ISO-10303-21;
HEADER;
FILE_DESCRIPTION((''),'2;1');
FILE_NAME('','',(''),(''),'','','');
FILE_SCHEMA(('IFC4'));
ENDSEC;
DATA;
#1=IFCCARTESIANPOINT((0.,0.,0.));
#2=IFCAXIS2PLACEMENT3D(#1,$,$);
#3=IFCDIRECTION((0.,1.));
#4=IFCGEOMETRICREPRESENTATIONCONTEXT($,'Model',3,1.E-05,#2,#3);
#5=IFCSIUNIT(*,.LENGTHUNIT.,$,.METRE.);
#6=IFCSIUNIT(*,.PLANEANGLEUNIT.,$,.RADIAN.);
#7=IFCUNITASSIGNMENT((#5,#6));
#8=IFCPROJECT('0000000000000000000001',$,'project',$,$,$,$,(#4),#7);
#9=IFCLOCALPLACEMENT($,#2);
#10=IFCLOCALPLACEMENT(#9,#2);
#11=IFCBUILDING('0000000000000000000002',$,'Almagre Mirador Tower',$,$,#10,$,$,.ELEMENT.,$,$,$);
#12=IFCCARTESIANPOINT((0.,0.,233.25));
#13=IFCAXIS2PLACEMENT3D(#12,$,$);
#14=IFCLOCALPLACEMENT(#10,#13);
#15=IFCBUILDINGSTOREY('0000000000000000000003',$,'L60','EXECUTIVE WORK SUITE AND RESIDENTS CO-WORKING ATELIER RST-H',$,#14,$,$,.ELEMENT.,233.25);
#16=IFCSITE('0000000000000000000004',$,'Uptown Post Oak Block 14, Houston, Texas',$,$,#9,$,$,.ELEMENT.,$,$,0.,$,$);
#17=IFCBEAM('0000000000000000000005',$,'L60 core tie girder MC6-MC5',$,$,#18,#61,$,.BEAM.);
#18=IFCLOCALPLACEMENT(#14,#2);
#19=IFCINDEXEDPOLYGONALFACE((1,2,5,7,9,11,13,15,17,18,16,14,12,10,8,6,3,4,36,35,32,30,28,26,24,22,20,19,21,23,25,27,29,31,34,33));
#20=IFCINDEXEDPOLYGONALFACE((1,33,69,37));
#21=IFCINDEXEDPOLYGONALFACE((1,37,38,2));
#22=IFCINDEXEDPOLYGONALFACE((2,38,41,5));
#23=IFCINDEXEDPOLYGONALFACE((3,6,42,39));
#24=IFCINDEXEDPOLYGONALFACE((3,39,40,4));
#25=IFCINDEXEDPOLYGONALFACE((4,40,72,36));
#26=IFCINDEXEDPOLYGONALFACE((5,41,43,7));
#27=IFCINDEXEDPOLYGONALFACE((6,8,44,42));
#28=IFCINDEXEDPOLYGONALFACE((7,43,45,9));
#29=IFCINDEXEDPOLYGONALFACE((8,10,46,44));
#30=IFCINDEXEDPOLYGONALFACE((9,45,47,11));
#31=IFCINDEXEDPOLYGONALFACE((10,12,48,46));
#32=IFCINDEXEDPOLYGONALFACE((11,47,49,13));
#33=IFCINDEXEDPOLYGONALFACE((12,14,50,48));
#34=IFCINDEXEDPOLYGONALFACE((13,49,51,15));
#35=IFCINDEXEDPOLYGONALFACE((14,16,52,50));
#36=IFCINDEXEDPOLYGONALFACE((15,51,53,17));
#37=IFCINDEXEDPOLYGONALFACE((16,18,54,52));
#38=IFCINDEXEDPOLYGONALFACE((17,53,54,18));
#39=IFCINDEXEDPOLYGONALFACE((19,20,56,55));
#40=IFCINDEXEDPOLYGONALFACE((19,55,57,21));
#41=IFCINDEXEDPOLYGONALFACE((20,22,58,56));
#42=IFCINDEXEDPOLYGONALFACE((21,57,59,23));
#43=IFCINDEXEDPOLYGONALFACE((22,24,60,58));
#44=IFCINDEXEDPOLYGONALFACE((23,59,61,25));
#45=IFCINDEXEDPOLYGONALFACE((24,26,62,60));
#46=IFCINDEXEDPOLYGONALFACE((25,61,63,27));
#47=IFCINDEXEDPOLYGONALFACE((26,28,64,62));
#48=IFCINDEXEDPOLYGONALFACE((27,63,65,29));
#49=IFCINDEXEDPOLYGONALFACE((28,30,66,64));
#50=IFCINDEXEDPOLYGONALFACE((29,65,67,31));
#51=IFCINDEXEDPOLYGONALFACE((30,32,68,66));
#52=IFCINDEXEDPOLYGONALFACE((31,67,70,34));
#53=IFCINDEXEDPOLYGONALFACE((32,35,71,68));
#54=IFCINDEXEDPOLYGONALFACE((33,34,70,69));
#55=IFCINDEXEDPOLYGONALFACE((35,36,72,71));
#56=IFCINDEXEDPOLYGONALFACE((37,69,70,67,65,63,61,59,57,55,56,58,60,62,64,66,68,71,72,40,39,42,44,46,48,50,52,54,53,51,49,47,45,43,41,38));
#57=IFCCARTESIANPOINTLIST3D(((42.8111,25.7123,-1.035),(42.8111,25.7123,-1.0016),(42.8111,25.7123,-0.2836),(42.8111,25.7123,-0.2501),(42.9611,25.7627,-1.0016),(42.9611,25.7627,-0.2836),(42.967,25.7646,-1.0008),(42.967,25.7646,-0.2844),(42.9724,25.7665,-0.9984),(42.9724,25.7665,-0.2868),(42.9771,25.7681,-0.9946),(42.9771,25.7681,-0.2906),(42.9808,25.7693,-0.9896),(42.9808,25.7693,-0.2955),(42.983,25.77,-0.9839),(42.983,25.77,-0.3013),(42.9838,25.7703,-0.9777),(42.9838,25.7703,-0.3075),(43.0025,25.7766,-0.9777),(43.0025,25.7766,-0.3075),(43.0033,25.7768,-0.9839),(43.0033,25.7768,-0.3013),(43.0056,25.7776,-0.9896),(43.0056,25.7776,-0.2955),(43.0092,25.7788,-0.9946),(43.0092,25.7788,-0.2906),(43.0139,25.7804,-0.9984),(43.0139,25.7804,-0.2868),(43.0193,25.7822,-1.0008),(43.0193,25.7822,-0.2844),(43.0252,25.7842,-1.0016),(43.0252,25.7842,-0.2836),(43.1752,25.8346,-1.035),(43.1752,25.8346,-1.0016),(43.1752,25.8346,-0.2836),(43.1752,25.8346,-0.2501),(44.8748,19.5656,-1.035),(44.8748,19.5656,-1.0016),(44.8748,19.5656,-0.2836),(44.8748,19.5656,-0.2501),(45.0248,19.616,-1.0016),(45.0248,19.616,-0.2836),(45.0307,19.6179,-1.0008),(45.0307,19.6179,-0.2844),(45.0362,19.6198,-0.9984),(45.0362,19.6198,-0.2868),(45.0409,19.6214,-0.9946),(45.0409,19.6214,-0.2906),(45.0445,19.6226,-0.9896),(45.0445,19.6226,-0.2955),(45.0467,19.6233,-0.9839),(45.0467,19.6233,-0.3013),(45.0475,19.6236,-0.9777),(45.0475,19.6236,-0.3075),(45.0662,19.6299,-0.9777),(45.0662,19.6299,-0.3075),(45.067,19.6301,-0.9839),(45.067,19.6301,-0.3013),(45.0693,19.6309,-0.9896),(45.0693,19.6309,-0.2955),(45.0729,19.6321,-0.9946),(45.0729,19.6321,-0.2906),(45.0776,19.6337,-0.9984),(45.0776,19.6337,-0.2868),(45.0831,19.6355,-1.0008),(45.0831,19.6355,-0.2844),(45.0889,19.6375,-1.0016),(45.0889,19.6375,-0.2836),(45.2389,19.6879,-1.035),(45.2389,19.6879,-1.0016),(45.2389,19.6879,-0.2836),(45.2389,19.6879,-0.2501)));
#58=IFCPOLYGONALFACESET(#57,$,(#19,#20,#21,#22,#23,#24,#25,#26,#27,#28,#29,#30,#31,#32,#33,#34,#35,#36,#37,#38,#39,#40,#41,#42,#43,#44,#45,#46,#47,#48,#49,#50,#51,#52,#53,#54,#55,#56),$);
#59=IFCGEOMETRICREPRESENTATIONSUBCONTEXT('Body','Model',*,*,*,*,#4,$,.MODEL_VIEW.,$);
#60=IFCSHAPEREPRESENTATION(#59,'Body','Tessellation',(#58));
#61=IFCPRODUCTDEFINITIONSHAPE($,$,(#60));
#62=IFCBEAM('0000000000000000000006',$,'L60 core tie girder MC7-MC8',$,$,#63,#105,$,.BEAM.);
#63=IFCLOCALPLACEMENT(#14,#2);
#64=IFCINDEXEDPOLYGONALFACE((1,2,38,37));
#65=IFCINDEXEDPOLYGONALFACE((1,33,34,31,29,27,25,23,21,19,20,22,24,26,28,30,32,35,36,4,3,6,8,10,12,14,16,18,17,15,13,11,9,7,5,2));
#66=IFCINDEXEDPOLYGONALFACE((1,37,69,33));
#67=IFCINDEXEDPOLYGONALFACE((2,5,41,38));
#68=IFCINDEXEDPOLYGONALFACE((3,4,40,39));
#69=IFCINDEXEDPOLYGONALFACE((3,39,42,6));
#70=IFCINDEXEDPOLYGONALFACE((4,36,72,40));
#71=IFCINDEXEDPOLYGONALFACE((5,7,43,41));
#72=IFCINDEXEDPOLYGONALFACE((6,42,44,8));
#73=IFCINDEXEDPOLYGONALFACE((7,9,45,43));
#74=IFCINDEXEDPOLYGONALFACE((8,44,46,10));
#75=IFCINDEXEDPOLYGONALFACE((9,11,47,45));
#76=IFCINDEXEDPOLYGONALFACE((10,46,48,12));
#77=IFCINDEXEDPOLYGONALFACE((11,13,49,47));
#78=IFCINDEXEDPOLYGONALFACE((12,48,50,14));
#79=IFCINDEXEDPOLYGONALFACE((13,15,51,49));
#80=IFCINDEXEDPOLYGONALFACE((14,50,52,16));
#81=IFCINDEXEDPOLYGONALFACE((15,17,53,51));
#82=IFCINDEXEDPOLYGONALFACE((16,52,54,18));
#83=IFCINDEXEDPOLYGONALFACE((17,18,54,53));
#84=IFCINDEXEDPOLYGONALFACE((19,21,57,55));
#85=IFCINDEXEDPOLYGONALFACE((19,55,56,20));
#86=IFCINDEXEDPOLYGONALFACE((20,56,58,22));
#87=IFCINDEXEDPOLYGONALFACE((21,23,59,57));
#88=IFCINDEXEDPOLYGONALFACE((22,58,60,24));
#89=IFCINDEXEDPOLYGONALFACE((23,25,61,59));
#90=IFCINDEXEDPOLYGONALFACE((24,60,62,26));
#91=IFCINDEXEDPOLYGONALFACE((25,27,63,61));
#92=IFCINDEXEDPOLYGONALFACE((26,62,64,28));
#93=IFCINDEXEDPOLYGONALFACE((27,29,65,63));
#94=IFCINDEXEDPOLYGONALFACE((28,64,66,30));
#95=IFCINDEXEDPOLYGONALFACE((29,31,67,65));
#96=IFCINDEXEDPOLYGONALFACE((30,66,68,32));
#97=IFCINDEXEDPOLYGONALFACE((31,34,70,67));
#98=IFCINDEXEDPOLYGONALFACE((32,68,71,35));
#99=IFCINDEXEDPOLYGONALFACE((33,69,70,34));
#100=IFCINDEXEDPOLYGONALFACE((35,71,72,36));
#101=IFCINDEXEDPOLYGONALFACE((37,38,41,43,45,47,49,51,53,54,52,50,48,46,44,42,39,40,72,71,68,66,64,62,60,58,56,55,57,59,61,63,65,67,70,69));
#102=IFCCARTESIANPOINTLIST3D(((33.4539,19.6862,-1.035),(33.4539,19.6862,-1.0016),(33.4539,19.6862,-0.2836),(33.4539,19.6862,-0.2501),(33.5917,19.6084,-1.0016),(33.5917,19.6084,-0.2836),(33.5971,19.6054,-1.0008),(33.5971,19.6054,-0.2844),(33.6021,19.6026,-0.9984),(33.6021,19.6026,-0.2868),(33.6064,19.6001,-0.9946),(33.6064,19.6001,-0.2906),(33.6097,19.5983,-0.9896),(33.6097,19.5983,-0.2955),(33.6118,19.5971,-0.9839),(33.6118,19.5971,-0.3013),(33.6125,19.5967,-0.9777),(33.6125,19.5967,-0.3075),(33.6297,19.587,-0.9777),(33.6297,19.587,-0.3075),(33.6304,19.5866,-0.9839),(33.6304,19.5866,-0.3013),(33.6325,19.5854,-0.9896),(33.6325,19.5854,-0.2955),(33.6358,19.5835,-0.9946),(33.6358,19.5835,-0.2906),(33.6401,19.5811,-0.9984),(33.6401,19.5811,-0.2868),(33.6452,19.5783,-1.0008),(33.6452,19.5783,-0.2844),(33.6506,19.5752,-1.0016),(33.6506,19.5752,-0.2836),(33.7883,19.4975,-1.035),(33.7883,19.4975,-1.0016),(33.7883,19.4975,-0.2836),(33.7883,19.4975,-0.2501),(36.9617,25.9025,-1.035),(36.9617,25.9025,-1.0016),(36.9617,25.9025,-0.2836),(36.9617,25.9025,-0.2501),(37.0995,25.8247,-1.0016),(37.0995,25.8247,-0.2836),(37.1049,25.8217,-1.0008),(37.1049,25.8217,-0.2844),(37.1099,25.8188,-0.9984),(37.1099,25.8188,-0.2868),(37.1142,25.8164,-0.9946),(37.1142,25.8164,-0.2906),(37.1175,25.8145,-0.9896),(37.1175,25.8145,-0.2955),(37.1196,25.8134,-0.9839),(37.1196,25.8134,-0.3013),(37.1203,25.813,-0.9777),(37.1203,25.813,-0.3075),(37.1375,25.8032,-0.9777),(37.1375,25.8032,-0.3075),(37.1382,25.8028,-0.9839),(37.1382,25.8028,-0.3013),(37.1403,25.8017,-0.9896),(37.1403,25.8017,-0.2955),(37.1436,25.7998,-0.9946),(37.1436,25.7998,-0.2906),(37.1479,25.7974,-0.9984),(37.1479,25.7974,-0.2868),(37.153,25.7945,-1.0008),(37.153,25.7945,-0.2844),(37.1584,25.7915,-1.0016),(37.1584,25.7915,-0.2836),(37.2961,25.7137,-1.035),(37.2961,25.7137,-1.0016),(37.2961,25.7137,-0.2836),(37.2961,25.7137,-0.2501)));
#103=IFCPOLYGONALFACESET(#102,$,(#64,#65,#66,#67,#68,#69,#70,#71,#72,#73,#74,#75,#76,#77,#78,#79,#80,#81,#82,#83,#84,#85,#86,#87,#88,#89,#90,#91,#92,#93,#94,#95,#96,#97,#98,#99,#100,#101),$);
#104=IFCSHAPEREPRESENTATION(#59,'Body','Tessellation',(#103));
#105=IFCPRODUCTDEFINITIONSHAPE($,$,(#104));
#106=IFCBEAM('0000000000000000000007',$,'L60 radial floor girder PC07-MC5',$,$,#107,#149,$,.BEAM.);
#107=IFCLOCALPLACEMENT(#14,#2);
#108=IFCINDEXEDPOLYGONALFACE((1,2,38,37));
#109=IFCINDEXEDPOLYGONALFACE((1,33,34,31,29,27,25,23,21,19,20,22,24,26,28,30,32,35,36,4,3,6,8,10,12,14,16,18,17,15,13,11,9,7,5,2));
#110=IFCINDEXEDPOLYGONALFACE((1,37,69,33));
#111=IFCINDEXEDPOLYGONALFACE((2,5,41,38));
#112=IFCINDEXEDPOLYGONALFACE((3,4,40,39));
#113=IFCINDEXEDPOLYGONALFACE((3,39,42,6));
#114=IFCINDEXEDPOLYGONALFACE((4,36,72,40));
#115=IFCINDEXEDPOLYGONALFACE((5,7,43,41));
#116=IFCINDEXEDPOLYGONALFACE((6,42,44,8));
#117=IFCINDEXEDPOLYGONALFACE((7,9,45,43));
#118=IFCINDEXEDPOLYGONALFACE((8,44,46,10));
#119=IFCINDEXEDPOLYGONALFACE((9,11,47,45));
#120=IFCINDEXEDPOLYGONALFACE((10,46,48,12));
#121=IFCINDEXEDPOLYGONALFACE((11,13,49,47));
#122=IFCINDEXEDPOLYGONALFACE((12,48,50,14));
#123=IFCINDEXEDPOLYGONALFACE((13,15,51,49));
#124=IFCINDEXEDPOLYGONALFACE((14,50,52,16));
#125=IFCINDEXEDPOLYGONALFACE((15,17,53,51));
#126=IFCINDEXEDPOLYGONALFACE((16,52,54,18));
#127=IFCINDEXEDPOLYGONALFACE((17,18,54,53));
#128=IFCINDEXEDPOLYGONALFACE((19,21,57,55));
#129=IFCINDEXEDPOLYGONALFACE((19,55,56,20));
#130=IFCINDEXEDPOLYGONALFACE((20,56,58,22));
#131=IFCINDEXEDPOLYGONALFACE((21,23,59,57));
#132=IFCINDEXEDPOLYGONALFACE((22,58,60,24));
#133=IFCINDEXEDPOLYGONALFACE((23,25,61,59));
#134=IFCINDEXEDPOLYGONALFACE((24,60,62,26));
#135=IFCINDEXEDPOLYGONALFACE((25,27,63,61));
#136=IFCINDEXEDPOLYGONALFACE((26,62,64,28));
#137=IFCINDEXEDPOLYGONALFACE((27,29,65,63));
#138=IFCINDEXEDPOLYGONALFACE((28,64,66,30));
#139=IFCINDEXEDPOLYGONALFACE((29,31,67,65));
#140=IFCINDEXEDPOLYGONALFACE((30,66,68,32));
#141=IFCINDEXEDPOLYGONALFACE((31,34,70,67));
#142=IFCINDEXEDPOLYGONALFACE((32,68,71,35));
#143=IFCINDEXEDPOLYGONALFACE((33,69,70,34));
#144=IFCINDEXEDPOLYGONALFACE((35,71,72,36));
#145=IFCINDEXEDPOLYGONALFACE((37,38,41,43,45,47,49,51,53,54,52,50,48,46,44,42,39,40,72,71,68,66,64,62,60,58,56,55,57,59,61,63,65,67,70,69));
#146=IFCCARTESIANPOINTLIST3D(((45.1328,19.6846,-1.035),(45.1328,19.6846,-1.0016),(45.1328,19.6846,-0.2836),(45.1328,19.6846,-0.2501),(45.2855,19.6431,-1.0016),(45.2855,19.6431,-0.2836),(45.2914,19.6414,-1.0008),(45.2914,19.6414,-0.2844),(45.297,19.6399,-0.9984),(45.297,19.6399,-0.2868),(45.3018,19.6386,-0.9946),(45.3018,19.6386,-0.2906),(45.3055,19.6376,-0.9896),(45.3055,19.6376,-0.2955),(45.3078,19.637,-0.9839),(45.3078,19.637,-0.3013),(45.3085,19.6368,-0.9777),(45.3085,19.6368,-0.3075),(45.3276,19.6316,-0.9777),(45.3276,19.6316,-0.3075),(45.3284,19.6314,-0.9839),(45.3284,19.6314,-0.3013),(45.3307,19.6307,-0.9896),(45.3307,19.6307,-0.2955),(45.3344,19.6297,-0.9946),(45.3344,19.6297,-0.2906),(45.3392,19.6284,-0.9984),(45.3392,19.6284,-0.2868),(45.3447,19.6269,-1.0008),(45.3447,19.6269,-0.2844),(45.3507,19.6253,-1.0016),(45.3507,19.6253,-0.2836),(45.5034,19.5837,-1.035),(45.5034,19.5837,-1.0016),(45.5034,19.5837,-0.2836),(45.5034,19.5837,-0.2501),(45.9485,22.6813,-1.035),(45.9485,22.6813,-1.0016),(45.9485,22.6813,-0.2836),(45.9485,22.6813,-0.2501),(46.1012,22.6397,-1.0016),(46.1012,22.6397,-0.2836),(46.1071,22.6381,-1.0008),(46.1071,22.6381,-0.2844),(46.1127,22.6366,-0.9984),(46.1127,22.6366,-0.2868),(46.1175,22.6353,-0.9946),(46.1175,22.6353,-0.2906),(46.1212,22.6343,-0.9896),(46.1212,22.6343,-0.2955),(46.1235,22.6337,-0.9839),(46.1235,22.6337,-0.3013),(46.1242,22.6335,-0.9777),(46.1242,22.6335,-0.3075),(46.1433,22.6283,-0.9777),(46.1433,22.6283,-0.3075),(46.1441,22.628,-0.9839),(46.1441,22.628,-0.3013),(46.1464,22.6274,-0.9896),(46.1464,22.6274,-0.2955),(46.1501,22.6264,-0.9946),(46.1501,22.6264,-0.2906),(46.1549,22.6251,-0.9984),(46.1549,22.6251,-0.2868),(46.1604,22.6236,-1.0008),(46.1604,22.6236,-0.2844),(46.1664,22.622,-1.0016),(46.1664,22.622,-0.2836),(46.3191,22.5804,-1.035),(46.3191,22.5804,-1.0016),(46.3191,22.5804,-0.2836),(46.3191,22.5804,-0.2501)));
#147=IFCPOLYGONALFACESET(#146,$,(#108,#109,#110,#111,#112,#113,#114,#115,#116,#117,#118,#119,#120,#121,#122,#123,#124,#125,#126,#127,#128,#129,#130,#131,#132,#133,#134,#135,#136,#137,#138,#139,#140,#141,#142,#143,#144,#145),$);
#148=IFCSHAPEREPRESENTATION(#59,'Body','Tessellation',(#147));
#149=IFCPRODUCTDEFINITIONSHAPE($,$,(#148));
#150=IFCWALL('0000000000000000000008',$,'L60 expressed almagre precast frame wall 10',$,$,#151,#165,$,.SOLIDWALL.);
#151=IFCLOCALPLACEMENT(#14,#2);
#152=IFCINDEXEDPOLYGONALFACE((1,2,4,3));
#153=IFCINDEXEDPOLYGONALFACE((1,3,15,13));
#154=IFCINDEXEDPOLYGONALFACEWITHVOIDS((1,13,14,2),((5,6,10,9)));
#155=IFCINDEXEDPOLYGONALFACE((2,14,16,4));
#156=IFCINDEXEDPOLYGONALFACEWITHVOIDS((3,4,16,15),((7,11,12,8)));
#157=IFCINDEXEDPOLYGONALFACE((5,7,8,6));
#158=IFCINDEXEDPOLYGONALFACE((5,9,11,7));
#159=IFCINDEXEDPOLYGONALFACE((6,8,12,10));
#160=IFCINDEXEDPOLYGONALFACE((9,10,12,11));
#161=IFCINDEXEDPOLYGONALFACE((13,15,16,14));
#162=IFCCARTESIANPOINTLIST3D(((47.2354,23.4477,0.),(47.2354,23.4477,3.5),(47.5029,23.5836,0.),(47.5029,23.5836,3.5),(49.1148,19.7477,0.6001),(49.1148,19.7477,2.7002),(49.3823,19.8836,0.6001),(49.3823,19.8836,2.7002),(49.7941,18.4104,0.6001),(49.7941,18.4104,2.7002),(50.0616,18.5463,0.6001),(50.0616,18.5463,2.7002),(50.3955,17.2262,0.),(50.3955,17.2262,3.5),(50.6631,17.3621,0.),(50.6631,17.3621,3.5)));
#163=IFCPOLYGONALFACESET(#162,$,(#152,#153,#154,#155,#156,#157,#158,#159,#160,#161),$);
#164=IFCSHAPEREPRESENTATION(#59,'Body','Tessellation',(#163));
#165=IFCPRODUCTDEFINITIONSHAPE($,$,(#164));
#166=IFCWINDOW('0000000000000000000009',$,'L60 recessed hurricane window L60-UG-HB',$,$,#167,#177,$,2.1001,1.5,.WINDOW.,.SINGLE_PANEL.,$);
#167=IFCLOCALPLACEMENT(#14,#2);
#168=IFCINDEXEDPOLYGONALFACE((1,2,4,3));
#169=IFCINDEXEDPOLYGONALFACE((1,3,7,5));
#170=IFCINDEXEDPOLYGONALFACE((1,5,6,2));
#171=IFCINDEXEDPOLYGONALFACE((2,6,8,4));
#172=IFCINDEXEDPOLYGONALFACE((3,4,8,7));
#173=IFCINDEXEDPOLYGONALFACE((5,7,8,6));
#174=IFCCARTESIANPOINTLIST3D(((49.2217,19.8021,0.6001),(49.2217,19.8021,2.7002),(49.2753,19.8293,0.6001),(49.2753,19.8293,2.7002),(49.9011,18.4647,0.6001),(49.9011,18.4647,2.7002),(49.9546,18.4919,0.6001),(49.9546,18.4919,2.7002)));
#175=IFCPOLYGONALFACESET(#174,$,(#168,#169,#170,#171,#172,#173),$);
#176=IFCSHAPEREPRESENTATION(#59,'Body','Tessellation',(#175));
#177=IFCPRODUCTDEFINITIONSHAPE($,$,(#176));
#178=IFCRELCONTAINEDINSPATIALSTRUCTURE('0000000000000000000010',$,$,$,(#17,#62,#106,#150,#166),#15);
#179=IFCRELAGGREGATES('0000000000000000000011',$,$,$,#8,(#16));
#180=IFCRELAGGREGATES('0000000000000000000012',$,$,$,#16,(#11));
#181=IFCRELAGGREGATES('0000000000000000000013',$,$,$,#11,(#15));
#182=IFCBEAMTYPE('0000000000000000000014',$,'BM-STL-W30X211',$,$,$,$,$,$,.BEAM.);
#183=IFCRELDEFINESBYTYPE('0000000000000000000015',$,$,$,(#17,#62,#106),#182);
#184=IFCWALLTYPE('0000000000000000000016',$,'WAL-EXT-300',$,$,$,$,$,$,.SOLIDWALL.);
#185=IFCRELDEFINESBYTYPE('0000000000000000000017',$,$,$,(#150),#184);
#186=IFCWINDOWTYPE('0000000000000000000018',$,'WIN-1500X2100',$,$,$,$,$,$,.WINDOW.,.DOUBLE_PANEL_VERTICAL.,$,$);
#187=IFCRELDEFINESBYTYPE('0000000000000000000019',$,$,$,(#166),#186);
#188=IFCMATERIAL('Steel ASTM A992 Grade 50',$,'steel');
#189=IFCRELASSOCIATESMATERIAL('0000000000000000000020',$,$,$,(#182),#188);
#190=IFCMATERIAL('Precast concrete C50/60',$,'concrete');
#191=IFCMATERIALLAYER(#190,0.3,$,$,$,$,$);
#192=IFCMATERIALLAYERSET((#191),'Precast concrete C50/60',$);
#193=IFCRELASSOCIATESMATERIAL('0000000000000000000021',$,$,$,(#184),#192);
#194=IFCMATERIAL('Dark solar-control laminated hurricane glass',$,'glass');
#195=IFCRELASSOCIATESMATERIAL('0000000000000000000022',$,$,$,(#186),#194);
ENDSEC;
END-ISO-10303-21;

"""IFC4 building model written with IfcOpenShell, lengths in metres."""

from ifc_helpers import new_model, si_unit, direction, frame, frame_2d, origin, origin_2d, place, context, subcontext, project, spatial, rectangle, i_section, extrude, material, layer, layer_set, material_profile, profile_set, type_object, element, fill, save


model = new_model("IFC4")

# Units and contexts
model_context = context("Model", 3, precision=1e-05, world=origin(), true_north=direction((0.0, 1.0)))
body_context = subcontext(model_context, "Body", "Model", "MODEL_VIEW")
ifc_project = project(units=[si_unit("LENGTHUNIT", "METRE"), si_unit("PLANEANGLEUNIT", "RADIAN")], contexts=[model_context])

# Site, building, storey
site_placement = place(None, origin())
site = spatial("IfcSite", under=ifc_project, at=site_placement, Name="Uptown Post Oak Block 14, Houston, Texas", CompositionType="ELEMENT", RefElevation=0.0)
building_placement = place(site_placement, origin())
building = spatial("IfcBuilding", under=site, at=building_placement, Name="Almagre Mirador Tower", CompositionType="ELEMENT")
storey_placement = place(building_placement, frame((0.0, 0.0, 233.25)))
storey = spatial("IfcBuildingStorey", under=building, at=storey_placement, Name="L60", Description="EXECUTIVE WORK SUITE AND RESIDENTS CO-WORKING ATELIER RST-H", CompositionType="ELEMENT", Elevation=233.25)

# Beams
ifc_material_1 = material(Name="Steel ASTM A992 Grade 50", Category="steel")
ifc_material_profile_1 = material_profile(ifc_material_1, i_section(OverallWidth=0.384, OverallDepth=0.7849, WebThickness=0.0198, FlangeThickness=0.0334, FilletRadius=0.0239, at=origin_2d()), Name="W30X211")
ifc_profile_set_1 = profile_set([ifc_material_profile_1], Name="Steel ASTM A992 Grade 50")
beam_type_1 = type_object("IfcBeamType", Name="BM-STL-W30X211", PredefinedType="BEAM", material=ifc_profile_set_1)
beam_1_placement = place(storey_placement, frame((42.9932, 25.7734, -0.6426), z_axis=(0.318283, -0.947996, 0.0), x_axis=(0.947996, 0.318283, 0.0)))
element("IfcBeam", 1, at=beam_1_placement, inside=storey, type_object=beam_type_1, Name="L60 core tie girder MC6-MC5", PredefinedType="BEAM", context=body_context, shape_type="SweptSolid", body=[
    extrude(i_section(OverallWidth=0.384, OverallDepth=0.7849, WebThickness=0.0198, FlangeThickness=0.0334, FilletRadius=0.0239, at=origin_2d()), origin(), (0.0, 0.0, 1.0), 6.4839),
])
beam_2_placement = place(storey_placement, frame((37.1289, 25.8081, -0.6426), z_axis=(-0.491446, -0.870908, 0.0), x_axis=(0.870908, -0.491446, 0.0)))
element("IfcBeam", 2, at=beam_2_placement, inside=storey, type_object=beam_type_1, Name="L60 core tie girder MC7-MC8", PredefinedType="BEAM", context=body_context, shape_type="SweptSolid", body=[
    extrude(i_section(OverallWidth=0.384, OverallDepth=0.7849, WebThickness=0.0198, FlangeThickness=0.0334, FilletRadius=0.0239, at=origin_2d()), origin(), (0.0, 0.0, 1.0), 7.1377),
])
beam_3_placement = place(storey_placement, frame((46.1338, 22.6309, -0.6426), z_axis=(-0.262645, -0.964893, 0.0), x_axis=(0.964893, -0.262645, 0.0)))
element("IfcBeam", 3, at=beam_3_placement, inside=storey, type_object=beam_type_1, Name="L60 radial floor girder PC07-MC5", PredefinedType="BEAM", context=body_context, shape_type="SweptSolid", body=[
    extrude(i_section(OverallWidth=0.384, OverallDepth=0.7849, WebThickness=0.0198, FlangeThickness=0.0334, FilletRadius=0.0239, at=origin_2d()), origin(), (0.0, 0.0, 1.0), 3.1057),
])

# Wall, opening, window
ifc_material_2 = material(Name="Precast concrete C50/60", Category="concrete")
ifc_layer_1 = layer(ifc_material_2, 0.3)
ifc_layer_set_1 = layer_set([ifc_layer_1], Name="Precast concrete C50/60")
wall_type_1 = type_object("IfcWallType", Name="WAL-EXT-300", PredefinedType="SOLIDWALL", material=ifc_layer_set_1)
wall_1_placement = place(storey_placement, frame((47.3691, 23.5156, 0.0), z_axis=(0.0, 0.0, 1.0), x_axis=(0.452873, -0.891575, 0.0)))
wall_1 = element("IfcWall", 4, at=wall_1_placement, inside=storey, type_object=wall_type_1, Name="L60 expressed almagre precast frame wall 10", PredefinedType="SOLIDWALL", context=body_context, shape_type="SweptSolid", body=[
    extrude(rectangle(XDim=6.978, YDim=0.3, at=frame_2d((3.489, 0.0))), origin(), (0.0, 0.0, 1.0), 3.5),
])
opening_1_placement = place(wall_1_placement, frame((4.1499, 0.0, 0.6001)))
opening_1 = element("IfcOpeningElement", 5, at=opening_1_placement, cuts=wall_1, PredefinedType="OPENING", context=body_context, shape_type="SweptSolid", body=[
    extrude(rectangle(XDim=1.5, YDim=2.1001, at=frame_2d((0.75, 1.05))), frame((0.0, 0.1599, 0.0), z_axis=(0.0, -1.0, 0.0), x_axis=(1.0, 0.0, 0.0)), (0.0, 0.0, 1.0), 0.32),
])
ifc_material_3 = material(Name="Dark solar-control laminated hurricane glass", Category="glass")
window_type = type_object("IfcWindowType", Name="WIN-1500X2100", PartitioningType="DOUBLE_PANEL_VERTICAL", PredefinedType="WINDOW", material=ifc_material_3)
window_placement = place(opening_1_placement, origin())
window = element("IfcWindow", 6, at=window_placement, inside=storey, type_object=window_type, Name="L60 recessed hurricane window L60-UG-HB", OverallHeight=2.1001, OverallWidth=1.5, PartitioningType="SINGLE_PANEL", PredefinedType="WINDOW", context=body_context, shape_type="SweptSolid", body=[
    extrude(rectangle(XDim=1.5, YDim=2.1001, at=frame_2d((0.75, 1.05))), frame((0.0, 0.03, 0.0), z_axis=(0.0, -1.0, 0.0), x_axis=(1.0, 0.0, 0.0)), (0.0, 0.0, 1.0), 0.0601),
])
fill(opening_1, window)

save(model, "model.ifc")
